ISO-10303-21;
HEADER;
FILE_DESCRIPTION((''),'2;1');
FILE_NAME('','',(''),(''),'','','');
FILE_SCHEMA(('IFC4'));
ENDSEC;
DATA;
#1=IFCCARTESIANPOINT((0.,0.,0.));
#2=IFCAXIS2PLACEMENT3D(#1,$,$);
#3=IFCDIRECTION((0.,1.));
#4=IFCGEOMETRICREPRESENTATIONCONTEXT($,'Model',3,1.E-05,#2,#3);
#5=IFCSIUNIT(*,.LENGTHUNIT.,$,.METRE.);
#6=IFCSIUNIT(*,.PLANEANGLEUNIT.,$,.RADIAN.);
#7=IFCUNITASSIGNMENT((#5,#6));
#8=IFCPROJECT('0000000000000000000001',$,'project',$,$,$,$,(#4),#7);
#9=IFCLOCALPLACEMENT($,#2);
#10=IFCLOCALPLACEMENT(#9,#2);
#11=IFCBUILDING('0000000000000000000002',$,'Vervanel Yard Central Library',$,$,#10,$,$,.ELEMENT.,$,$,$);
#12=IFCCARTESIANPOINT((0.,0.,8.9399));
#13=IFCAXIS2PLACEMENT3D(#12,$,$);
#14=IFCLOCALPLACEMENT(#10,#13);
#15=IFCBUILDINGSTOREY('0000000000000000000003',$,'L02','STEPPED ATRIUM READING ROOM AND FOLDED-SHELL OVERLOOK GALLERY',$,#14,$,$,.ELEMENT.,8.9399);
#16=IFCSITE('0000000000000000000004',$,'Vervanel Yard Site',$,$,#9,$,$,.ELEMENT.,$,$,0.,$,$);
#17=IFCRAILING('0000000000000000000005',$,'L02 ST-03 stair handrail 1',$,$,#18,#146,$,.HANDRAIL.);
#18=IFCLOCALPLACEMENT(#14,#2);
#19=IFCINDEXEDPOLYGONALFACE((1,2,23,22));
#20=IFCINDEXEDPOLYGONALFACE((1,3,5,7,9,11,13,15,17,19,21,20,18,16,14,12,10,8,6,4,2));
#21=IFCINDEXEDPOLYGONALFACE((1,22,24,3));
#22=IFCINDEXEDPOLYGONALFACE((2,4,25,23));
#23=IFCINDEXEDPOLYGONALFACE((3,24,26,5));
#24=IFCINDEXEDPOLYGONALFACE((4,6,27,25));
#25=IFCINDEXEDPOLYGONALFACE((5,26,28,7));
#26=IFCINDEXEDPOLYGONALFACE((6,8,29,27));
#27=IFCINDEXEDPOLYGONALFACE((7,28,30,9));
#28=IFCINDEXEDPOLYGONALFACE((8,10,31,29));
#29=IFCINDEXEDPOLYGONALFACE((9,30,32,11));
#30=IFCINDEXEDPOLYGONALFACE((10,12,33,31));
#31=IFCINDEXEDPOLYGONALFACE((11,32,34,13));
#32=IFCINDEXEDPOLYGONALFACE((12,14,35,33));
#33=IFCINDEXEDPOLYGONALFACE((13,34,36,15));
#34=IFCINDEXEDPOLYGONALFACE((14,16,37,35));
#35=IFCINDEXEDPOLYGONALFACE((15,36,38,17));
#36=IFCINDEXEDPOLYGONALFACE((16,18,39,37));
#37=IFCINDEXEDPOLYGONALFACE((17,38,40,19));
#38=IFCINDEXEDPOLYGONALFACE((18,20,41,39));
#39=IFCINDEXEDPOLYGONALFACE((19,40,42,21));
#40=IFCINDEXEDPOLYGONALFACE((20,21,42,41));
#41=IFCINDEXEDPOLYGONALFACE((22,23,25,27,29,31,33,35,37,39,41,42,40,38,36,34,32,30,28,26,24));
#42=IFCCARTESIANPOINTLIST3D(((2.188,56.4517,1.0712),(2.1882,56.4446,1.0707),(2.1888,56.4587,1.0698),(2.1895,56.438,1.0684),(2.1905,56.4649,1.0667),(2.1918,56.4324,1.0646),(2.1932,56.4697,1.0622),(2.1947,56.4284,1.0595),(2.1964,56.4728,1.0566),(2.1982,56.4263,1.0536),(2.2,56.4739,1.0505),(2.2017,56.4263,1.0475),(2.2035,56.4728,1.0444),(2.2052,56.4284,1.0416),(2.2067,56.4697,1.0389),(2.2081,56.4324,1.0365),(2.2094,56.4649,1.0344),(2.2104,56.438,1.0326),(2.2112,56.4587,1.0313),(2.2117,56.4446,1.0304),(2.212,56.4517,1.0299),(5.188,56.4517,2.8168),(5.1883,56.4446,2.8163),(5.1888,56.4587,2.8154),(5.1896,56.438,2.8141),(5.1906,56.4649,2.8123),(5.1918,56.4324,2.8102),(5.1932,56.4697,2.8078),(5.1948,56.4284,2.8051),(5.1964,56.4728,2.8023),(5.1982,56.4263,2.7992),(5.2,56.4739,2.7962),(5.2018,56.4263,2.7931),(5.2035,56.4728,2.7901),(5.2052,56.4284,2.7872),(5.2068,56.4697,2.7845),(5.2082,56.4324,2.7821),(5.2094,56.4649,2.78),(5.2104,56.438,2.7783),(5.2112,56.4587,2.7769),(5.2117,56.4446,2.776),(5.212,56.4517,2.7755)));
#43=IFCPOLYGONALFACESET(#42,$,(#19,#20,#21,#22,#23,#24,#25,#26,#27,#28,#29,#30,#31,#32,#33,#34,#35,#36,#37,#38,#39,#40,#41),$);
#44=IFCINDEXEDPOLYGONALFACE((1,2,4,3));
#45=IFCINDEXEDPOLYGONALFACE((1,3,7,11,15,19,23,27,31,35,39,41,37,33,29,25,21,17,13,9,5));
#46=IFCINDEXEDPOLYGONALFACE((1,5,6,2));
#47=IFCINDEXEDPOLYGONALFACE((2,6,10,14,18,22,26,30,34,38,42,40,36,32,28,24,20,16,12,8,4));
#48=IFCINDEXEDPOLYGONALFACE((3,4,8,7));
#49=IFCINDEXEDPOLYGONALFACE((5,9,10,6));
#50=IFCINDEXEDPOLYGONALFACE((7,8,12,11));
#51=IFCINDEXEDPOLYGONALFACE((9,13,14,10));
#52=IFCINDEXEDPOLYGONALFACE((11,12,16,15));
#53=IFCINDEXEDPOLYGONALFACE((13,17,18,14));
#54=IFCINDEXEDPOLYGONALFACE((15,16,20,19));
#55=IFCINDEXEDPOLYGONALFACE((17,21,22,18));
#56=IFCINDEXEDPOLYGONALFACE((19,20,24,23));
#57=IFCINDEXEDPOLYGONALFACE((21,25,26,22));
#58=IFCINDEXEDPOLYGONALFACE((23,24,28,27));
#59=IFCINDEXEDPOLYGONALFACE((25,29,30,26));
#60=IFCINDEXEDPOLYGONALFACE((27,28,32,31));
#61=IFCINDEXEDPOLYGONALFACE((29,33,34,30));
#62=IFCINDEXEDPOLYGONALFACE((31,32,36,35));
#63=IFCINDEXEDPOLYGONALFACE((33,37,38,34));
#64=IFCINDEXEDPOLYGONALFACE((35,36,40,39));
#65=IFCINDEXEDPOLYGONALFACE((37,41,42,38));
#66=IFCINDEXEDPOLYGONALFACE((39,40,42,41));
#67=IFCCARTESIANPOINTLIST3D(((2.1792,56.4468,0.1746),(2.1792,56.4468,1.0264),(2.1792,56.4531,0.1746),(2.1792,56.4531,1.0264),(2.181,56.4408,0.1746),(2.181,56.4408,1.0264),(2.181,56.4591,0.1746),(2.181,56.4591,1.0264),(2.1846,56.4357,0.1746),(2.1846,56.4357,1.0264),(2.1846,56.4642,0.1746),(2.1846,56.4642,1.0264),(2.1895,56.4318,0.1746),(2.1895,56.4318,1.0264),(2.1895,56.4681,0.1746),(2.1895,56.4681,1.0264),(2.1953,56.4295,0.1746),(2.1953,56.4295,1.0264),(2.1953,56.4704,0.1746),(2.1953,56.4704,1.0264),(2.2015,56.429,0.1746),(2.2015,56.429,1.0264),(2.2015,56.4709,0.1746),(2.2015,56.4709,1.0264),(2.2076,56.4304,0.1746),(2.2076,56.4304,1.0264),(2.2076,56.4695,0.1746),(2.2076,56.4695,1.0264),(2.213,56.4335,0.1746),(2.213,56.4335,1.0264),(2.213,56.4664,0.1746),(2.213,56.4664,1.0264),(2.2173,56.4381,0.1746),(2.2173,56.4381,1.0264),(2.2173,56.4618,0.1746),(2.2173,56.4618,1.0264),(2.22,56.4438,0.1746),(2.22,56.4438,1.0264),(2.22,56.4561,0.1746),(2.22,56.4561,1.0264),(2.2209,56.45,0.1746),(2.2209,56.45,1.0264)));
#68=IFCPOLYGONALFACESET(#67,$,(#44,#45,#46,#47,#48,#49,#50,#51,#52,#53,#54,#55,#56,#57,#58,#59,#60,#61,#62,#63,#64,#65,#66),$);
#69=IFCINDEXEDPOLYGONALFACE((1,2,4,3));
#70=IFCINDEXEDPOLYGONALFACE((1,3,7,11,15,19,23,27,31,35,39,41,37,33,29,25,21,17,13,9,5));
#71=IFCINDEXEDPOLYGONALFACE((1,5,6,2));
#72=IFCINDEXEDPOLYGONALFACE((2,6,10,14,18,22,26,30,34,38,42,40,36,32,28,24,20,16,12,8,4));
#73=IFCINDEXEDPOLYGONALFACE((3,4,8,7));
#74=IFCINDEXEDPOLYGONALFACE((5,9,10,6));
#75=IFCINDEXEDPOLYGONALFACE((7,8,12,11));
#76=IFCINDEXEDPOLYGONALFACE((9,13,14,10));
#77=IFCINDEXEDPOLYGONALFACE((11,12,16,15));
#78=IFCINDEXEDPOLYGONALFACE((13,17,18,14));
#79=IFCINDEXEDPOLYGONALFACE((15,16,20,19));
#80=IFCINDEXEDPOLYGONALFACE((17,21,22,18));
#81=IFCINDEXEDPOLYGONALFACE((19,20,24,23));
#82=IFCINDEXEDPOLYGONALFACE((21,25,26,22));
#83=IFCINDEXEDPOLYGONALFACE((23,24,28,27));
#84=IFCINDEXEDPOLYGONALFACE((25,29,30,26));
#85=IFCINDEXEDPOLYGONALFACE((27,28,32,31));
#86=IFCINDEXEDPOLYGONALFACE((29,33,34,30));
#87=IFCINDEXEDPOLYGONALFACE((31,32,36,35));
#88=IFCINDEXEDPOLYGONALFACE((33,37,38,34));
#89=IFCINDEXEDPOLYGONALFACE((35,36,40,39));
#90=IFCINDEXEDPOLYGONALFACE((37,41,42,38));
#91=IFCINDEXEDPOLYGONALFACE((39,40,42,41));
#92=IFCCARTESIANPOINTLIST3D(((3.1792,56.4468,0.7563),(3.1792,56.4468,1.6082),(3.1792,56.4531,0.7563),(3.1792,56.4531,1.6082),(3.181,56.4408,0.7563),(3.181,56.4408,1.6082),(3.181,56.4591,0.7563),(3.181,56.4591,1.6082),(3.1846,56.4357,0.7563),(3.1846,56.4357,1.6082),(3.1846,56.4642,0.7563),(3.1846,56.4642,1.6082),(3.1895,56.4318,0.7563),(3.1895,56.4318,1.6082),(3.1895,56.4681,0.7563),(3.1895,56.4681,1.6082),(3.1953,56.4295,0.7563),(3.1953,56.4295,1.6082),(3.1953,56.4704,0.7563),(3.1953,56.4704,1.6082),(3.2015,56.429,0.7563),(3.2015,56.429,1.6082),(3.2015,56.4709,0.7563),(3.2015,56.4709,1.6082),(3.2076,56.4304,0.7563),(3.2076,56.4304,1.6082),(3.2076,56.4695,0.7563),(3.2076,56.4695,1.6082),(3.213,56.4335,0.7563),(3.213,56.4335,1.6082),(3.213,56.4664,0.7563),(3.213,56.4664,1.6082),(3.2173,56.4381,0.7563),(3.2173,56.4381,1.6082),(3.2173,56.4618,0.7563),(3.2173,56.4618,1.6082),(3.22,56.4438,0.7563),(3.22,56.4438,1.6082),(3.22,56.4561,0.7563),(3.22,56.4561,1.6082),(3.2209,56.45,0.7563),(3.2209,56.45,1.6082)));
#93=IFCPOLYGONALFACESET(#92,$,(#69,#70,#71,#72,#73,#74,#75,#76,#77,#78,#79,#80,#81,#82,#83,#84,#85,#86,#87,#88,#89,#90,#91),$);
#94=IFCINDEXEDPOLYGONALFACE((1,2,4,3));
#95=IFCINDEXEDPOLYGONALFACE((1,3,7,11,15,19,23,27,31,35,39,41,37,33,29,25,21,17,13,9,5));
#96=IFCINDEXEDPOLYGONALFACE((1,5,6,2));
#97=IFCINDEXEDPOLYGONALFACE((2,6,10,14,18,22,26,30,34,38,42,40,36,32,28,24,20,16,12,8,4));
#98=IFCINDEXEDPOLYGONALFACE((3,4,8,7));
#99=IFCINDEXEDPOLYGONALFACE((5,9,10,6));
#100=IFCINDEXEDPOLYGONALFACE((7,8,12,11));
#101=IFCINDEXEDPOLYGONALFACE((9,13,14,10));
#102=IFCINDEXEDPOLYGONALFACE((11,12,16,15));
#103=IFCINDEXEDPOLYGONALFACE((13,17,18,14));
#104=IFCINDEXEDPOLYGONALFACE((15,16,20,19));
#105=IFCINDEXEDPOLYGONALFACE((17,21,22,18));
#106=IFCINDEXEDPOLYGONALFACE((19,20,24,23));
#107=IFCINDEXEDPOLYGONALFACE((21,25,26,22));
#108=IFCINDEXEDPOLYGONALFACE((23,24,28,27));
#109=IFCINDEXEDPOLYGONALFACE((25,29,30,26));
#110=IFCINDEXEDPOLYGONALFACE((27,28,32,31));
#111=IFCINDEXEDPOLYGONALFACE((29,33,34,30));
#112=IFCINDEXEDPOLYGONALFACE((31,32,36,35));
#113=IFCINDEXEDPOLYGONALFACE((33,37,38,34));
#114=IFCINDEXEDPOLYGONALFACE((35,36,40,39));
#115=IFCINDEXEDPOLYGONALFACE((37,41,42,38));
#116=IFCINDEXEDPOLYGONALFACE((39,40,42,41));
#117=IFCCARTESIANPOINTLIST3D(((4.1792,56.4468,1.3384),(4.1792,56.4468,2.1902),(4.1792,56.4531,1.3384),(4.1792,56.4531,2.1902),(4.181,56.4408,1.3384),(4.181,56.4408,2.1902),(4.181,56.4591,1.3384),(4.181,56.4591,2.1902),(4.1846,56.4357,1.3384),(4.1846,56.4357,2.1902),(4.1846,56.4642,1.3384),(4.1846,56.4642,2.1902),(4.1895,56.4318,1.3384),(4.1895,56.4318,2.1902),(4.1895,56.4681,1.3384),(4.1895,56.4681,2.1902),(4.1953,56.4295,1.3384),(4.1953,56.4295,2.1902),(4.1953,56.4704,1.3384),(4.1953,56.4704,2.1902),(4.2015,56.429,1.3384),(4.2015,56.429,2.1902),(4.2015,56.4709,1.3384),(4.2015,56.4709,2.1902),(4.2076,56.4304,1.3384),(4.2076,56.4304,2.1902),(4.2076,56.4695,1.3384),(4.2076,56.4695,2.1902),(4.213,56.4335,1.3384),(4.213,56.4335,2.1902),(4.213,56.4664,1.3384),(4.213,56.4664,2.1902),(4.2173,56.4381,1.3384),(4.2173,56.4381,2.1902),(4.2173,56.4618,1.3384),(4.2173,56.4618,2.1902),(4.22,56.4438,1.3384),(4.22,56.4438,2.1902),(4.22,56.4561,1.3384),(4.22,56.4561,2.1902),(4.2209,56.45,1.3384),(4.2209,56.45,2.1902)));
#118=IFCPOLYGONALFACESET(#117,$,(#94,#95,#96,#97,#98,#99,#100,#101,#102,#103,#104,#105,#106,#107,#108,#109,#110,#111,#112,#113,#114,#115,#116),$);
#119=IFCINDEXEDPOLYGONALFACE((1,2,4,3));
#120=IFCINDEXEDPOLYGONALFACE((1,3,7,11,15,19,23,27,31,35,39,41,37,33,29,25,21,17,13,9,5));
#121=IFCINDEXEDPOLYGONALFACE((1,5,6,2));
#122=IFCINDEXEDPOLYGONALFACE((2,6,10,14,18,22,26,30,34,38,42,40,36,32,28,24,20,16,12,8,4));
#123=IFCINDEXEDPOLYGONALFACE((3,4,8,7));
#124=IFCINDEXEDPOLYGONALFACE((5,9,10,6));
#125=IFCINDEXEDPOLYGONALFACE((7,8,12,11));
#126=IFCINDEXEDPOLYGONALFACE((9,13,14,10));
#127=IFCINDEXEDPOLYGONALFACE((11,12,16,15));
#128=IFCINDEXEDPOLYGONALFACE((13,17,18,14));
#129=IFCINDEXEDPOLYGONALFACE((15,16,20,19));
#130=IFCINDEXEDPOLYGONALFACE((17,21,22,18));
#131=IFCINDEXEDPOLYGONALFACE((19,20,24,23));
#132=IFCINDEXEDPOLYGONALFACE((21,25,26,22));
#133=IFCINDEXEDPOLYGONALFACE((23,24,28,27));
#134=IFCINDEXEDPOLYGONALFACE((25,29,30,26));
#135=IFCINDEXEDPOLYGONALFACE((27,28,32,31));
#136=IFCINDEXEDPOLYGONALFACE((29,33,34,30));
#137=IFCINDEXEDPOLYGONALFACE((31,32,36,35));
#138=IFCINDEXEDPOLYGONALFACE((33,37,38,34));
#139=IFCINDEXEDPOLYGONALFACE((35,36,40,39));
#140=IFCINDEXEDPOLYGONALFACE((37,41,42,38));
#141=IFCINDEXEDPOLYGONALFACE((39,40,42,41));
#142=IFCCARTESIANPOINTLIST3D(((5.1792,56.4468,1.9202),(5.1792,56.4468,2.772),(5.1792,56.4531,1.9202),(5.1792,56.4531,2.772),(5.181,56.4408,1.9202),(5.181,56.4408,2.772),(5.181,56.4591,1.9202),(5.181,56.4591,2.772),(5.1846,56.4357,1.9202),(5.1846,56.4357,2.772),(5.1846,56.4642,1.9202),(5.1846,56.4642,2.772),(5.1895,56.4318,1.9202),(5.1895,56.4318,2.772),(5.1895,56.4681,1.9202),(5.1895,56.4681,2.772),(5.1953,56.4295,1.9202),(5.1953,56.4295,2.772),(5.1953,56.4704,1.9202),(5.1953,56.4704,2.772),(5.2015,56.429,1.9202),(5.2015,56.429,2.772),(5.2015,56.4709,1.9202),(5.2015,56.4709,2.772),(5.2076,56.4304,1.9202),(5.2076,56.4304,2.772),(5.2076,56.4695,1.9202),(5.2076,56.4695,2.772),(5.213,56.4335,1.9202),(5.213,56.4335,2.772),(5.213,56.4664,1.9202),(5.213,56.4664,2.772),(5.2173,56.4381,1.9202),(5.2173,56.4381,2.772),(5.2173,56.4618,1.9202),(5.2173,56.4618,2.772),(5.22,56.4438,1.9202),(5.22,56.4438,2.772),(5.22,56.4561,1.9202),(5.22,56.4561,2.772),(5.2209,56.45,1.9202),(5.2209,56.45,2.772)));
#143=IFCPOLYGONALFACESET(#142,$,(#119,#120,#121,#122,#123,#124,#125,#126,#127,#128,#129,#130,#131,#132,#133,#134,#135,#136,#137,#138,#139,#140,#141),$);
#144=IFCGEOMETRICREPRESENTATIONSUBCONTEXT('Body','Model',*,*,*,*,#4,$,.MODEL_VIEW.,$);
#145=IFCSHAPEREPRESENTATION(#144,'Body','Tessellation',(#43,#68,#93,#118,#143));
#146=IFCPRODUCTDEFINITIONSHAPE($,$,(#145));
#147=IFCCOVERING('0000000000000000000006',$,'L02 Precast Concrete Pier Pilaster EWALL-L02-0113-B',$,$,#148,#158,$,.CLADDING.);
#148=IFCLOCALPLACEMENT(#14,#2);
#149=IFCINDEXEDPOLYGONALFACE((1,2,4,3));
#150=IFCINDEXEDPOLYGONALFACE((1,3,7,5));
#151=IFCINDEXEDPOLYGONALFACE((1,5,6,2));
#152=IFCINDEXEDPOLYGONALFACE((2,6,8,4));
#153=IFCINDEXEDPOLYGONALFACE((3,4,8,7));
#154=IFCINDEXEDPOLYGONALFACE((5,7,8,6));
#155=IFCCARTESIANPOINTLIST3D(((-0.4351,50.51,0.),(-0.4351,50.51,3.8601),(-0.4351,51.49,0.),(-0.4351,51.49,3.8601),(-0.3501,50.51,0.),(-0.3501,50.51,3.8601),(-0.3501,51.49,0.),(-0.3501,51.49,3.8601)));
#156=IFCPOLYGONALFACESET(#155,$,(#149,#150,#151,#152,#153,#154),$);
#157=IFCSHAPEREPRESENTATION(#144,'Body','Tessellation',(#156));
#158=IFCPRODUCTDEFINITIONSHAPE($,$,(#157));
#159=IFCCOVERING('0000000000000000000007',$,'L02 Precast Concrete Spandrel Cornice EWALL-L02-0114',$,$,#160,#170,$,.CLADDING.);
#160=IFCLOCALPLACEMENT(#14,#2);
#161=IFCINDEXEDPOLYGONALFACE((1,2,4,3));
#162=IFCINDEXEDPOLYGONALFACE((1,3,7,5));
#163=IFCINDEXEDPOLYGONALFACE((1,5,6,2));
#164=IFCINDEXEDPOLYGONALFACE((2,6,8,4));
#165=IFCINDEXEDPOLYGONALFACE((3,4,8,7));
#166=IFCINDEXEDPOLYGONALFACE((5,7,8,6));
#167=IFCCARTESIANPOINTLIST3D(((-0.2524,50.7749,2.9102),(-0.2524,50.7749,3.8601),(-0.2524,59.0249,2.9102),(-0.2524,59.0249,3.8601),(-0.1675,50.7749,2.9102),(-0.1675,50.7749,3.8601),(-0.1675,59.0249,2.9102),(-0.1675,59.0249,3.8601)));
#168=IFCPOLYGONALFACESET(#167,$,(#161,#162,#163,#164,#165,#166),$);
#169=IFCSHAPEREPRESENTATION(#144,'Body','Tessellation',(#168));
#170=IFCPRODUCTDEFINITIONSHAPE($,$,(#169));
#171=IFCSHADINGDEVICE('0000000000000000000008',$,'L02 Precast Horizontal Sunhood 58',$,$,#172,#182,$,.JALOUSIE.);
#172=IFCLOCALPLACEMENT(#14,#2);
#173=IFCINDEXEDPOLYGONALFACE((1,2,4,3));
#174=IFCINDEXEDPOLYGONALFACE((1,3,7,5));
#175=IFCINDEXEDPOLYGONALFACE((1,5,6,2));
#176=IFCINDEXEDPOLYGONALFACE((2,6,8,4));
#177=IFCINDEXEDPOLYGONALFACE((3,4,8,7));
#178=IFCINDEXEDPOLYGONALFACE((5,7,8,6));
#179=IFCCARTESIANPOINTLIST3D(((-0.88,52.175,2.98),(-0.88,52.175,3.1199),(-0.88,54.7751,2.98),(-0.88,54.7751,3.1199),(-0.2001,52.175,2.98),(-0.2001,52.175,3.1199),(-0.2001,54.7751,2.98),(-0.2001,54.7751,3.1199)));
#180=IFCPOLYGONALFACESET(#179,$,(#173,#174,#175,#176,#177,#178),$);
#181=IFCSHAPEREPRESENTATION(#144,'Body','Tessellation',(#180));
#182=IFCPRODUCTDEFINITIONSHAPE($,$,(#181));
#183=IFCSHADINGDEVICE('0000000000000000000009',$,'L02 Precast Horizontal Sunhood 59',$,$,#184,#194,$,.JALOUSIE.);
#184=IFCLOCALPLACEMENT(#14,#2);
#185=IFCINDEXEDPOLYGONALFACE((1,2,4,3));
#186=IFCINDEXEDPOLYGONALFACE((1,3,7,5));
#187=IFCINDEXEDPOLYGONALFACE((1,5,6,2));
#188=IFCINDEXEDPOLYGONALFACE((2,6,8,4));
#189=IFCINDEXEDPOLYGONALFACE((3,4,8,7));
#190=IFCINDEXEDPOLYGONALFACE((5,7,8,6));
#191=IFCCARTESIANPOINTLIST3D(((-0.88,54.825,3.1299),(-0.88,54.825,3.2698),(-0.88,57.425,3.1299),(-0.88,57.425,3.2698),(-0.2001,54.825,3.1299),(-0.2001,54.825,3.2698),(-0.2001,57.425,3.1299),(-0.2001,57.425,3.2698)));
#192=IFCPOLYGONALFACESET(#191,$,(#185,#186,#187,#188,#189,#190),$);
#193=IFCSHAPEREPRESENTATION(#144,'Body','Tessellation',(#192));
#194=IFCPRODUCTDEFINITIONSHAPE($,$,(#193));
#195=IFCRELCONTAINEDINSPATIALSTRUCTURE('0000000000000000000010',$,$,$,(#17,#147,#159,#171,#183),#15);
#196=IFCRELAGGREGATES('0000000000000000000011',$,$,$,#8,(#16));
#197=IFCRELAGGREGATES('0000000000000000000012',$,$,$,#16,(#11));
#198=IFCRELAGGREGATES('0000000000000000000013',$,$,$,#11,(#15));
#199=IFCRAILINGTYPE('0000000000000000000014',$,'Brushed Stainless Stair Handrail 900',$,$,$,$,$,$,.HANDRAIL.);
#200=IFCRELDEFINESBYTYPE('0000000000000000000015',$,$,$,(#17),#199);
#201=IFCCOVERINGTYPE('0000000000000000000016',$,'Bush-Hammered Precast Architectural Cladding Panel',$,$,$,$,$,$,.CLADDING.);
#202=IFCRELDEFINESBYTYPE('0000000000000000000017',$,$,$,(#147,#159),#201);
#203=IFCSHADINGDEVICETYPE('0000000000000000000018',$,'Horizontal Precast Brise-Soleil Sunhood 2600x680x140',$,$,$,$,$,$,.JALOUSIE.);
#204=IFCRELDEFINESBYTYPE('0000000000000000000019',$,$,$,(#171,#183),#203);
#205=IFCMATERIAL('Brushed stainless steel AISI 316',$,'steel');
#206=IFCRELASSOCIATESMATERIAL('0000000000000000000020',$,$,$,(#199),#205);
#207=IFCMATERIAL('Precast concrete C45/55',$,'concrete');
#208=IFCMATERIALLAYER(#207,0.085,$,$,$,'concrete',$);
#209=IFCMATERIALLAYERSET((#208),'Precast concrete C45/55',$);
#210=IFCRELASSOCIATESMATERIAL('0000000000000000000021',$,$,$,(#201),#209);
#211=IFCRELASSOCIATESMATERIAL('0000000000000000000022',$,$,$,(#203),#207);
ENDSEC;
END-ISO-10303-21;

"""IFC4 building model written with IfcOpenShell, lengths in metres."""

from ifc_helpers import new_model, si_unit, direction, frame, origin, origin_2d, place, context, subcontext, project, spatial, rectangle, circle, extrude, material, layer, layer_set, type_object, element, save


model = new_model("IFC4")

# Units and contexts
model_context = context("Model", 3, precision=1e-05, world=origin(), true_north=direction((0.0, 1.0)))
body_context = subcontext(model_context, "Body", "Model", "MODEL_VIEW")
ifc_project = project(units=[si_unit("LENGTHUNIT", "METRE"), si_unit("PLANEANGLEUNIT", "RADIAN")], contexts=[model_context])

# Site, building, storey
site_placement = place(None, origin())
site = spatial("IfcSite", under=ifc_project, at=site_placement, Name="Vervanel Yard Site", CompositionType="ELEMENT", RefElevation=0.0)
building_placement = place(site_placement, origin())
building = spatial("IfcBuilding", under=site, at=building_placement, Name="Vervanel Yard Central Library", CompositionType="ELEMENT")
storey_placement = place(building_placement, frame((0.0, 0.0, 8.9399)))
storey = spatial("IfcBuildingStorey", under=building, at=storey_placement, Name="L02", Description="STEPPED ATRIUM READING ROOM AND FOLDED-SHELL OVERLOOK GALLERY", CompositionType="ELEMENT", Elevation=8.9399)

# Railing
ifc_material_1 = material(Name="Brushed stainless steel AISI 316", Category="steel")
railing_type_1 = type_object("IfcRailingType", Name="Brushed Stainless Stair Handrail 900", PredefinedType="HANDRAIL", material=ifc_material_1)
railing_1_placement = place(storey_placement, frame((2.2, 56.45, 0.1746)))
element("IfcRailing", 1, at=railing_1_placement, inside=storey, type_object=railing_type_1, Name="L02 ST-03 stair handrail 1", PredefinedType="HANDRAIL", context=body_context, shape_type="SweptSolid", body=[
    extrude(circle(Radius=0.0239, at=origin_2d()), frame((0.0, 0.0, 0.876), z_axis=(0.864329, 0.0, 0.502926), x_axis=(0.0, 1.0, 0.0)), (0.0, 0.0, 1.0), 3.4709),
    extrude(circle(Radius=0.021, at=origin_2d()), origin(), (0.0, 0.0, 1.0), 0.8518),
    extrude(circle(Radius=0.021, at=origin_2d()), frame((1.0, 0.0, 0.5818)), (0.0, 0.0, 1.0), 0.8518),
    extrude(circle(Radius=0.021, at=origin_2d()), frame((2.0, 0.0, 1.1638)), (0.0, 0.0, 1.0), 0.8518),
    extrude(circle(Radius=0.021, at=origin_2d()), frame((3.0, 0.0, 1.7456)), (0.0, 0.0, 1.0), 0.8518),
])

# Coverings
ifc_material_2 = material(Name="Precast concrete C45/55", Category="concrete")
ifc_layer_1 = layer(ifc_material_2, 0.085, Category="concrete")
ifc_layer_set_1 = layer_set([ifc_layer_1], Name="Precast concrete C45/55")
covering_type = type_object("IfcCoveringType", Name="Bush-Hammered Precast Architectural Cladding Panel", PredefinedType="CLADDING", material=ifc_layer_set_1)
covering_1_placement = place(storey_placement, frame((-0.3926, 51.0, 0.0), z_axis=(0.0, 0.0, 1.0), x_axis=(0.0, 1.0, 0.0)))
element("IfcCovering", 2, at=covering_1_placement, inside=storey, type_object=covering_type, Name="L02 Precast Concrete Pier Pilaster EWALL-L02-0113-B", PredefinedType="CLADDING", context=body_context, shape_type="SweptSolid", body=[
    extrude(rectangle(XDim=0.98, YDim=0.085, at=origin_2d()), origin(), (0.0, 0.0, 1.0), 3.8601),
])
covering_2_placement = place(storey_placement, frame((-0.21, 54.8999, 2.9102), z_axis=(0.0, 0.0, 1.0), x_axis=(0.0, 1.0, 0.0)))
element("IfcCovering", 3, at=covering_2_placement, inside=storey, type_object=covering_type, Name="L02 Precast Concrete Spandrel Cornice EWALL-L02-0114", PredefinedType="CLADDING", context=body_context, shape_type="SweptSolid", body=[
    extrude(rectangle(XDim=8.25, YDim=0.085, at=origin_2d()), origin(), (0.0, 0.0, 1.0), 0.95),
])

# Shading devices
shading_device_type_1 = type_object("IfcShadingDeviceType", Name="Horizontal Precast Brise-Soleil Sunhood 2600x680x140", PredefinedType="JALOUSIE", material=ifc_material_2)
for number, where, z_axis, x_axis, name in (
    (4, (-0.54, 53.4751, 2.98), (0.0, 0.0, 1.0), (0.0, 1.0, 0.0), "L02 Precast Horizontal Sunhood 58"),
    (5, (-0.54, 56.125, 3.1299), (0.0, 0.0, 1.0), (0.0, 1.0, 0.0), "L02 Precast Horizontal Sunhood 59"),
):
    element("IfcShadingDevice", number, at=place(storey_placement, frame(where, z_axis=z_axis, x_axis=x_axis)), inside=storey, type_object=shading_device_type_1, Name=name, PredefinedType="JALOUSIE", context=body_context, shape_type="SweptSolid", body=[
        extrude(rectangle(XDim=2.6001, YDim=0.6799, at=origin_2d()), origin(), (0.0, 0.0, 1.0), 0.1399),
    ])

save(model, "model.ifc")
